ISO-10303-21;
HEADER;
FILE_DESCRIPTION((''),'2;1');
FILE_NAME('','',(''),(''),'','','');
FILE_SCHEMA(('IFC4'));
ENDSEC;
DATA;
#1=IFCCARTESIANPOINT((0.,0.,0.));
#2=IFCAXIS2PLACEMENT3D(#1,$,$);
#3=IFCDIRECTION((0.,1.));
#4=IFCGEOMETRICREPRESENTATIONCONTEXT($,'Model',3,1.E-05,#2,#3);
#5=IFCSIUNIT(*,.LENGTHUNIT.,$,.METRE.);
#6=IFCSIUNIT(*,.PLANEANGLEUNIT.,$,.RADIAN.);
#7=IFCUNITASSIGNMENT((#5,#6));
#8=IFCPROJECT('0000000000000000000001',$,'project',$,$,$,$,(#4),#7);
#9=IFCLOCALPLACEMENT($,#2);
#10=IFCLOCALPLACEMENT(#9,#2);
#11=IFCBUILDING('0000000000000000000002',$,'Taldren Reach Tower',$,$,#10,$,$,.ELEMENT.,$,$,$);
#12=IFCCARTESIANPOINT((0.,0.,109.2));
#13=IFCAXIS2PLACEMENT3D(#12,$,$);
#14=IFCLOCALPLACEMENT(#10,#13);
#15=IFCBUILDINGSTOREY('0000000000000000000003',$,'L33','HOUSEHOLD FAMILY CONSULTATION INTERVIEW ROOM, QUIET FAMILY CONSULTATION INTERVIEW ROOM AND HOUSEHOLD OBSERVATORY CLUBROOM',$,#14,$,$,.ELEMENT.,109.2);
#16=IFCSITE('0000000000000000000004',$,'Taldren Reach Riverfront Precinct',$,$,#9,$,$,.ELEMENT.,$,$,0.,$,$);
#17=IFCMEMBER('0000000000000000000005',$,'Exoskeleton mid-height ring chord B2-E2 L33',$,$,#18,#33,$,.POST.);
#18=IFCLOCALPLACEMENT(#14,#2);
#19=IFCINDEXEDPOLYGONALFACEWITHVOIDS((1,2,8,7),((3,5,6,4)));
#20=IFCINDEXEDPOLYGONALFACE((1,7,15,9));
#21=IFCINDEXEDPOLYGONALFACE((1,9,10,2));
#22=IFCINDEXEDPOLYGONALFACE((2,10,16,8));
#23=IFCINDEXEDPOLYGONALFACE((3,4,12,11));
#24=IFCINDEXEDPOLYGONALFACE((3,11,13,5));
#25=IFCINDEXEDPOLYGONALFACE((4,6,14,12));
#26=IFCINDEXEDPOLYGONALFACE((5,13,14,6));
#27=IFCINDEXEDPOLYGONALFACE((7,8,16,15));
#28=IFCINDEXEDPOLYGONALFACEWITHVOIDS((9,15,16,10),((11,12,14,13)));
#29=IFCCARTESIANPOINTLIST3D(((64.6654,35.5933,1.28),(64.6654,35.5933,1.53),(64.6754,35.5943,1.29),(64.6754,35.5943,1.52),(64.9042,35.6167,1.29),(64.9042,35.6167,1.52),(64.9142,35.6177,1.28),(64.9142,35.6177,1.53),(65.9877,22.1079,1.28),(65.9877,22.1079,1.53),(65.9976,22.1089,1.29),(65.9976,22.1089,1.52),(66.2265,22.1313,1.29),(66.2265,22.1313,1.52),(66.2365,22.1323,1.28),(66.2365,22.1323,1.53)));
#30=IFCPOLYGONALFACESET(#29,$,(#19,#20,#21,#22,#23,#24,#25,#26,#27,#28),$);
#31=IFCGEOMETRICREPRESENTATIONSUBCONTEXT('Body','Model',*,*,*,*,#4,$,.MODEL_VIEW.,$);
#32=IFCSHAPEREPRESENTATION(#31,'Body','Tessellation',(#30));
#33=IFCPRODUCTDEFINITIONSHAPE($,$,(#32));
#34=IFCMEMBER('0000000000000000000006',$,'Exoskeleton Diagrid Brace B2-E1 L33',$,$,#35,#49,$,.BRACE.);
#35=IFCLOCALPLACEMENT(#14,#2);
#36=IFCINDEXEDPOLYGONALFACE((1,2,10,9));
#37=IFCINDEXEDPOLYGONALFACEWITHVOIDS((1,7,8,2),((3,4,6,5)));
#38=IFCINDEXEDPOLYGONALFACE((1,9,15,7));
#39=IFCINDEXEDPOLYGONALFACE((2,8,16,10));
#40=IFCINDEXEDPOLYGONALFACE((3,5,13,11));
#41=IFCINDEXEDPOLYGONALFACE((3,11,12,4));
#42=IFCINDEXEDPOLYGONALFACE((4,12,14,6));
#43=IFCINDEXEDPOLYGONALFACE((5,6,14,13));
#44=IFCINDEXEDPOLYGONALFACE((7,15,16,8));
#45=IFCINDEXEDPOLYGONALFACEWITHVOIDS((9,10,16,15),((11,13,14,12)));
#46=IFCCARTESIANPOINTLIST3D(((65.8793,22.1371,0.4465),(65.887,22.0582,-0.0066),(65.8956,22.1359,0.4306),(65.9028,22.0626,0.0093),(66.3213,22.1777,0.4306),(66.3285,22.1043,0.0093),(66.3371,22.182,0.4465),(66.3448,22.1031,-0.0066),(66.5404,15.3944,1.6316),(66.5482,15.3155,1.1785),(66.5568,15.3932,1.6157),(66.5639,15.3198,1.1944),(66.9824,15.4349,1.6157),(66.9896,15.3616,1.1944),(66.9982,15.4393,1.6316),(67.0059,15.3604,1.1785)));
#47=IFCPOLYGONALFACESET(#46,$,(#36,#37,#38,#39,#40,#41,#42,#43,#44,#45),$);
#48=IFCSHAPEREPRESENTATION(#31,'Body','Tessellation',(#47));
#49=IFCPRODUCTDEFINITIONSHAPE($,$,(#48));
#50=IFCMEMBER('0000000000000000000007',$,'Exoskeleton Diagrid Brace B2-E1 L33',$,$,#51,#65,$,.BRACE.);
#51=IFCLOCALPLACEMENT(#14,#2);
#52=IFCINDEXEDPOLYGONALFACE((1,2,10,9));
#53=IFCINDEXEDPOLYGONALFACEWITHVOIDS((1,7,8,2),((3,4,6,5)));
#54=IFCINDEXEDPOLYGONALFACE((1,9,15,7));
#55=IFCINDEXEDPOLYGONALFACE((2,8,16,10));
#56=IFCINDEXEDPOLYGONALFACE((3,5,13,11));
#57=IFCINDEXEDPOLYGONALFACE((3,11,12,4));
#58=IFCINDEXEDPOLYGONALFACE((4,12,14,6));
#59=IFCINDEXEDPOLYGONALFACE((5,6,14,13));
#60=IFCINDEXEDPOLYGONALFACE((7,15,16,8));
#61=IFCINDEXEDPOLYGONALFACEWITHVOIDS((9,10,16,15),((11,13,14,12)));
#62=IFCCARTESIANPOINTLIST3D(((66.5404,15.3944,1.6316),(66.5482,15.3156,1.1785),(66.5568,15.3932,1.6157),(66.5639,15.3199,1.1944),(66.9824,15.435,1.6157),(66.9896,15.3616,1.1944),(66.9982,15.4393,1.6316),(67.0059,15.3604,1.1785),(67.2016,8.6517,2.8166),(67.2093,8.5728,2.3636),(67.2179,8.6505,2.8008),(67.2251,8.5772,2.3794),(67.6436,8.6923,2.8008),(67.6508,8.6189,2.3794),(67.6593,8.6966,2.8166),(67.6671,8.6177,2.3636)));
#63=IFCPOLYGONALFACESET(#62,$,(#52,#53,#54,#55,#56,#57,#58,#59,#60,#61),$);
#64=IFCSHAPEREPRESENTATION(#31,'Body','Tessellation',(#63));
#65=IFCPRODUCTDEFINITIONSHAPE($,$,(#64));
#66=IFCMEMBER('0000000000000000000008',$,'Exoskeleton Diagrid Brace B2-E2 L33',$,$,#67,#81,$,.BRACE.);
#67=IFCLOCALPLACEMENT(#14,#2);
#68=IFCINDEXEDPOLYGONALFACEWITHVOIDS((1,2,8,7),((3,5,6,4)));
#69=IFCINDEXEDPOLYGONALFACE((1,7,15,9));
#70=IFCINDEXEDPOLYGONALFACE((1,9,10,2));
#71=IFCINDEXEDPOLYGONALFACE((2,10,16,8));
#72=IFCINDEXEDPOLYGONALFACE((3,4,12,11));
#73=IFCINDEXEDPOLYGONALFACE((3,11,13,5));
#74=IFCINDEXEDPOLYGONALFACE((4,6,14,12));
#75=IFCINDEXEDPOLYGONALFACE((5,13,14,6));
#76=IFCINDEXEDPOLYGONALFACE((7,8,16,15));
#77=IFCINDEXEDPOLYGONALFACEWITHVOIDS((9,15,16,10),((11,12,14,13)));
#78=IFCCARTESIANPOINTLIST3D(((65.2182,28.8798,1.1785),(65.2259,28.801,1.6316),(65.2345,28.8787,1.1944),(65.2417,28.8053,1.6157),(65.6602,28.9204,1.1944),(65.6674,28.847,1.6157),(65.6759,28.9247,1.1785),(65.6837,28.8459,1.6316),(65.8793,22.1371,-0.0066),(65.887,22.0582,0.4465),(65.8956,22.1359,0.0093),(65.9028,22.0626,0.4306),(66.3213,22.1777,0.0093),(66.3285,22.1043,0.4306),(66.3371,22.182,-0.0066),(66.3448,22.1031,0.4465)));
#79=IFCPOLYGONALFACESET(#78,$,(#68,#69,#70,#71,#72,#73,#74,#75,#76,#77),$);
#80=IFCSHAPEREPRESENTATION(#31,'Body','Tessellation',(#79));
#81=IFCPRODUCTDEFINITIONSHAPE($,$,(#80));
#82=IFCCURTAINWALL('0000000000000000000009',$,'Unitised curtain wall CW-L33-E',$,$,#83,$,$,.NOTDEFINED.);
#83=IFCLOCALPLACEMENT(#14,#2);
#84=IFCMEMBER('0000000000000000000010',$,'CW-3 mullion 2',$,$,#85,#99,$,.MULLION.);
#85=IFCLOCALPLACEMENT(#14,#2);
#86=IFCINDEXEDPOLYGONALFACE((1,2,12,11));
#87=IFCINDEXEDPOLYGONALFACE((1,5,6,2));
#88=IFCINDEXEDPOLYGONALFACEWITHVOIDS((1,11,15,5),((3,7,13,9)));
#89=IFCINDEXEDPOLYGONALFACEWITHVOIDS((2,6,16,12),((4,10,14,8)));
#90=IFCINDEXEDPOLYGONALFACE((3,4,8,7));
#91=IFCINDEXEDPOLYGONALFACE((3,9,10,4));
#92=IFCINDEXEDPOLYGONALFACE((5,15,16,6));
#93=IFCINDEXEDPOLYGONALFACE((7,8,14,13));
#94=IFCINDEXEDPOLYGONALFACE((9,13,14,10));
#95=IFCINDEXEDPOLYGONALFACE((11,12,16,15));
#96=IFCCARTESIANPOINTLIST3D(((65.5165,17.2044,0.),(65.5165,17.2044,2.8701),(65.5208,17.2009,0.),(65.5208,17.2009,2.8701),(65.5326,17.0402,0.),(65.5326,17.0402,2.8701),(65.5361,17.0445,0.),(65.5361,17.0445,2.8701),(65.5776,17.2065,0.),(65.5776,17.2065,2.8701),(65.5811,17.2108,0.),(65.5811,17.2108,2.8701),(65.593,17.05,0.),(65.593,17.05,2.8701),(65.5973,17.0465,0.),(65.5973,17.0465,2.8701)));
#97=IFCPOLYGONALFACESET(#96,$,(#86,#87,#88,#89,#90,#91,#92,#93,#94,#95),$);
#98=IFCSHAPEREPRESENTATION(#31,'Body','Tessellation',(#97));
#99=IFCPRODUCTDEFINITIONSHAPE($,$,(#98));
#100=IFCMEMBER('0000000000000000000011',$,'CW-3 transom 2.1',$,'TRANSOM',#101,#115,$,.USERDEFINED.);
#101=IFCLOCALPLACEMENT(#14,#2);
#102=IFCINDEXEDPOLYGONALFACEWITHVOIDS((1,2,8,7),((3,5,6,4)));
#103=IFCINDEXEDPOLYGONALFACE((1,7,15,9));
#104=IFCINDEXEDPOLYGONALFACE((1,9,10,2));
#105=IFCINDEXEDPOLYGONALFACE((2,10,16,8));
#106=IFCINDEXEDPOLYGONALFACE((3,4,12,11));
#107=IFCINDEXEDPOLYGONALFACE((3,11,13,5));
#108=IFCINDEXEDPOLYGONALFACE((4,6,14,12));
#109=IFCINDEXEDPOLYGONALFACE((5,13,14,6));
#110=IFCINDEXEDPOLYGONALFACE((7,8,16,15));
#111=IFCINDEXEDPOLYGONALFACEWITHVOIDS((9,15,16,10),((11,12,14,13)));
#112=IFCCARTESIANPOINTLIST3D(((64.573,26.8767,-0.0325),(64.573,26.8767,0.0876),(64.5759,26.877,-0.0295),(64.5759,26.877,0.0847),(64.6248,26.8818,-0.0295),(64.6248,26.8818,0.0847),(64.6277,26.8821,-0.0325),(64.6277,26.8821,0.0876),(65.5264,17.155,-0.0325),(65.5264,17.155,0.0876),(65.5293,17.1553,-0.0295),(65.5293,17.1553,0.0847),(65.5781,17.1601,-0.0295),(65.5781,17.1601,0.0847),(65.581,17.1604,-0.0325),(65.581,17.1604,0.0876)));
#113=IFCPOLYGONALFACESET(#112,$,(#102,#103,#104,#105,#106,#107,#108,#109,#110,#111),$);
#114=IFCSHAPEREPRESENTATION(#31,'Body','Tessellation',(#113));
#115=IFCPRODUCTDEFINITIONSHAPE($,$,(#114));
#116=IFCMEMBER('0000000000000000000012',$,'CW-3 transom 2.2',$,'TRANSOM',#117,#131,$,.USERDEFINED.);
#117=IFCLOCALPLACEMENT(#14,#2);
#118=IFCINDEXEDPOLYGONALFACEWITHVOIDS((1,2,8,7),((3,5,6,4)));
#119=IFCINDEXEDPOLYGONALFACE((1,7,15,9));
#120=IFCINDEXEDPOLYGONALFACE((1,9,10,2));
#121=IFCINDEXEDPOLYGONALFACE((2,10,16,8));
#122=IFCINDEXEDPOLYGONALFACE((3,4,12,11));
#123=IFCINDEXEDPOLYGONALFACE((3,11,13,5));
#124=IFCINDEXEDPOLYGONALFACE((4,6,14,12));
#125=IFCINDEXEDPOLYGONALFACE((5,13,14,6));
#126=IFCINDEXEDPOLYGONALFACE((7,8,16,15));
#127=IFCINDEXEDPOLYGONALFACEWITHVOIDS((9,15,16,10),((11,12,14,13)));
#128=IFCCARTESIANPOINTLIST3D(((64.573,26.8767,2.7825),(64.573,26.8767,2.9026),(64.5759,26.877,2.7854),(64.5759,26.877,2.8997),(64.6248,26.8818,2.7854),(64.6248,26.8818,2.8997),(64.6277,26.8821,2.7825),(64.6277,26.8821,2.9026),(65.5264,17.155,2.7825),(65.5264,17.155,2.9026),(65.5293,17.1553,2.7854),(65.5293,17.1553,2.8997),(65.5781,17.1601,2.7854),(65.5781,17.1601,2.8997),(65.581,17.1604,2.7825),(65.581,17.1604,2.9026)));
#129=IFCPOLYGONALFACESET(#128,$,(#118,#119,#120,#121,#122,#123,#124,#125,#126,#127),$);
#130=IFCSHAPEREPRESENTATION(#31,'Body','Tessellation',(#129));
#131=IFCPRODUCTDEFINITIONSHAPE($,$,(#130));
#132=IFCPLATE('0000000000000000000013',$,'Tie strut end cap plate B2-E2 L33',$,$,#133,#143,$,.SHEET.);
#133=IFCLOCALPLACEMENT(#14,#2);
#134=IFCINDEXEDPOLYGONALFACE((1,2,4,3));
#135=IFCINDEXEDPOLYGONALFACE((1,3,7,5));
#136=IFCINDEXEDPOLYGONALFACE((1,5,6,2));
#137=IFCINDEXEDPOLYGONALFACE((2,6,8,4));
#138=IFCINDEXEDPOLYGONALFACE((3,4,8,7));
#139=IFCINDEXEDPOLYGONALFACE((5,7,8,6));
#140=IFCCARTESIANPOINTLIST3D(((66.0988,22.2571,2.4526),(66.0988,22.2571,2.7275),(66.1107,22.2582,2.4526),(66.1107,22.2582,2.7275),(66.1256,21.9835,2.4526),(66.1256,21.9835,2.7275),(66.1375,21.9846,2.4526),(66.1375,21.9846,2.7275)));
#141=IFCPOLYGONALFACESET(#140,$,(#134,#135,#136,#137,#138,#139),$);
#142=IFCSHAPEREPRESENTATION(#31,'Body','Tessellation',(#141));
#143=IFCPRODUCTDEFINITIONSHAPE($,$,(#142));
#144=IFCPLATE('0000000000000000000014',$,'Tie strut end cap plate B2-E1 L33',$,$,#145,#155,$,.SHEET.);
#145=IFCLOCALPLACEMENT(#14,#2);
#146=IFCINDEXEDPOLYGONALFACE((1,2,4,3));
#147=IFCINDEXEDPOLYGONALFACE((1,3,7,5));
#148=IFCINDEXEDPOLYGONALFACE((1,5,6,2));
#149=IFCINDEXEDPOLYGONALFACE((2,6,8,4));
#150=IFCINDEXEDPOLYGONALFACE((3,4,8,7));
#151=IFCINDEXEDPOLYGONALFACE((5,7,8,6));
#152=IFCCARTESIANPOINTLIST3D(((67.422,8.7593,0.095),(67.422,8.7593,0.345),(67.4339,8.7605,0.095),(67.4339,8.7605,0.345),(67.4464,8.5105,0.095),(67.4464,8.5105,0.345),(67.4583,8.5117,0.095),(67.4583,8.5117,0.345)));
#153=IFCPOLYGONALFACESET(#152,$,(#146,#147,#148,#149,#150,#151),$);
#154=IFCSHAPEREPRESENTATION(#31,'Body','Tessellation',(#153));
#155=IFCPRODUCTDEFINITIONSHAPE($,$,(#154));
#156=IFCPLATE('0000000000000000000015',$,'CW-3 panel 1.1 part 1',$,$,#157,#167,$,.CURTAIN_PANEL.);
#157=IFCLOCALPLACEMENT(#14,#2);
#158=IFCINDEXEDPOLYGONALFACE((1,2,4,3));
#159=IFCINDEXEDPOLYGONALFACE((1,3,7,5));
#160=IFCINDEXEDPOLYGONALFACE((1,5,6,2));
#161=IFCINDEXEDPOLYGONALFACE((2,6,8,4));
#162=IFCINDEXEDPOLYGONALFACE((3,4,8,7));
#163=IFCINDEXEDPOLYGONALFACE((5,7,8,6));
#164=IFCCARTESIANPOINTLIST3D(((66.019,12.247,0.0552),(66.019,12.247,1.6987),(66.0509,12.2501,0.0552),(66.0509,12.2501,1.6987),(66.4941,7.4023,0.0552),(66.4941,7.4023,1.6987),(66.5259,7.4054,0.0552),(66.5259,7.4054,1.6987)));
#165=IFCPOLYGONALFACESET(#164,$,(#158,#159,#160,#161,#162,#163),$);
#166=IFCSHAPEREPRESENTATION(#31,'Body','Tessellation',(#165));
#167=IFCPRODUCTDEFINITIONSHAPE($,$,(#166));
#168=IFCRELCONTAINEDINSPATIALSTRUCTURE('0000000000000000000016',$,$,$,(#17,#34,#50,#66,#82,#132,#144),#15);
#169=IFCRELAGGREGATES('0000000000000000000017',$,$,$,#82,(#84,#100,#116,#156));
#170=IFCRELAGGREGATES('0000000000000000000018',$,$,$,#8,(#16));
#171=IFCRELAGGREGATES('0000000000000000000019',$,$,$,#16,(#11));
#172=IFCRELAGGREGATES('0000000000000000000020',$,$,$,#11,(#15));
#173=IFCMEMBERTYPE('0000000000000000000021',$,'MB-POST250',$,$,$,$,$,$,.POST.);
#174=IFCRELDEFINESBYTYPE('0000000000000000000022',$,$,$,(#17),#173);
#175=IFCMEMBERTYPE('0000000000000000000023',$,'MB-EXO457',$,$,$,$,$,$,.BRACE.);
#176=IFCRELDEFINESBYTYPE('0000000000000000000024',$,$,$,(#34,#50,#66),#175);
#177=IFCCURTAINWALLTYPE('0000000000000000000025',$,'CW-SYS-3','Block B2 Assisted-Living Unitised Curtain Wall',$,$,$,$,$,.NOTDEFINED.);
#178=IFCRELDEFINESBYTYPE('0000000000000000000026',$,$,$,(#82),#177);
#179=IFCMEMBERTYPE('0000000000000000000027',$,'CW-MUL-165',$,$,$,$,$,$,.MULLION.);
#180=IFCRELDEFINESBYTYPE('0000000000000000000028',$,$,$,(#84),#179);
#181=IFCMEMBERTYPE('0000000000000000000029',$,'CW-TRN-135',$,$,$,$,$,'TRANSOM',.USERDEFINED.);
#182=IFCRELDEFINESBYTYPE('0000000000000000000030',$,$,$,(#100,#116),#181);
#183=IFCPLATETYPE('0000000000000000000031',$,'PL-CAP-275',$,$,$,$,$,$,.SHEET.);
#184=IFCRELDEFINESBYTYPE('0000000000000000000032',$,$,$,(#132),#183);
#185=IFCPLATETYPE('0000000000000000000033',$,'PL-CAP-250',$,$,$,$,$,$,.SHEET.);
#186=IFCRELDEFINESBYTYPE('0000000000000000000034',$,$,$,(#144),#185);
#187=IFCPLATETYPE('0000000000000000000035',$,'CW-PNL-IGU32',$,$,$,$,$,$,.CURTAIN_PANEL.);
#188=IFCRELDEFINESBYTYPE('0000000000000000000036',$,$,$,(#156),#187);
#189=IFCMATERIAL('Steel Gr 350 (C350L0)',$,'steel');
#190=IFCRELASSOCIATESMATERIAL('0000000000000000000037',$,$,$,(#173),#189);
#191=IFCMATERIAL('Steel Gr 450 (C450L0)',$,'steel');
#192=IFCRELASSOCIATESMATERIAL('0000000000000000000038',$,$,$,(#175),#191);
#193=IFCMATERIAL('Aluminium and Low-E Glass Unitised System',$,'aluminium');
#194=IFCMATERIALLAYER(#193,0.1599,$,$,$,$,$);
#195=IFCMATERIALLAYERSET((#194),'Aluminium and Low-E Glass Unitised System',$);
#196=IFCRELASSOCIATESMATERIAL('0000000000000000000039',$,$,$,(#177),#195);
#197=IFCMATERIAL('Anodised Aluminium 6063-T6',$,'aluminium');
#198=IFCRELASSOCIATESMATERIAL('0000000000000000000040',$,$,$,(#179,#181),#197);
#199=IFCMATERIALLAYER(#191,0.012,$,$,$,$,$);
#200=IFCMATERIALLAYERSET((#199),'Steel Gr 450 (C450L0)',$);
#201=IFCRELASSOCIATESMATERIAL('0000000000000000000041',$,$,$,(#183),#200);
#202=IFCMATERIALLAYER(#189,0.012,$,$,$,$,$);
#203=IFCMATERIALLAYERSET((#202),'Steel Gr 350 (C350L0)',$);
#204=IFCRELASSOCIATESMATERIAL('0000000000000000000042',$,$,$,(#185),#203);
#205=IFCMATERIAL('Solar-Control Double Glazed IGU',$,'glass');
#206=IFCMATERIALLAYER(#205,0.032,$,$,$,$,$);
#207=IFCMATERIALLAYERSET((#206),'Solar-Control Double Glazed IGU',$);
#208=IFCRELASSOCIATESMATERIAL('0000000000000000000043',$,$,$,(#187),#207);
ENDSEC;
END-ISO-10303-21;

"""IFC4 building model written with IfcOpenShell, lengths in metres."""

from ifc_helpers import new_model, si_unit, direction, frame, origin, origin_2d, place, context, subcontext, project, spatial, rectangle, hollow_rectangle, extrude, source, transform, mapped, material, layer, layer_set, material_profile, profile_set, type_object, element, aggregate, save


model = new_model("IFC4")

# Units and contexts
model_context = context("Model", 3, precision=1e-05, world=origin(), true_north=direction((0.0, 1.0)))
body_context = subcontext(model_context, "Body", "Model", "MODEL_VIEW")
ifc_project = project(units=[si_unit("LENGTHUNIT", "METRE"), si_unit("PLANEANGLEUNIT", "RADIAN")], contexts=[model_context])

# Site, building, storey
site_placement = place(None, origin())
site = spatial("IfcSite", under=ifc_project, at=site_placement, Name="Taldren Reach Riverfront Precinct", CompositionType="ELEMENT", RefElevation=0.0)
building_placement = place(site_placement, origin())
building = spatial("IfcBuilding", under=site, at=building_placement, Name="Taldren Reach Tower", CompositionType="ELEMENT")
storey_placement = place(building_placement, frame((0.0, 0.0, 109.2)))
storey = spatial("IfcBuildingStorey", under=building, at=storey_placement, Name="L33", Description="HOUSEHOLD FAMILY CONSULTATION INTERVIEW ROOM, QUIET FAMILY CONSULTATION INTERVIEW ROOM AND HOUSEHOLD OBSERVATORY CLUBROOM", CompositionType="ELEMENT", Elevation=109.2)

# Shared definitions
ifc_material_1 = material(Name="Steel Gr 450 (C450L0)", Category="steel")
ifc_material_2 = material(Name="Steel Gr 350 (C350L0)", Category="steel")
ifc_material_profile_1 = material_profile(ifc_material_2, hollow_rectangle(XDim=0.25, YDim=0.25, WallThickness=0.01, at=origin_2d()), Name="250x250x10.0SHS")
ifc_profile_set_1 = profile_set([ifc_material_profile_1], Name="Steel Gr 350 (C350L0)")
member_type_1 = type_object("IfcMemberType", Name="MB-POST250", PredefinedType="POST", material=ifc_profile_set_1)

# Members
shared_shape_1 = source(origin(), body_context, "Body", "SweptSolid", [
    extrude(hollow_rectangle(XDim=0.25, YDim=0.25, WallThickness=0.01, at=origin_2d()), origin(), (0.0, 0.0, 1.0), 13.55),
])
for number, where, z_axis, x_axis, name in (
    (1, (66.1121, 22.1201, 1.405), (-0.097584, 0.995227, 0.0), (-0.995227, -0.097584, 0.0), "Exoskeleton mid-height ring chord B2-E2 L33"),
):
    element("IfcMember", number, at=place(storey_placement, frame(where, z_axis=z_axis, x_axis=x_axis)), inside=storey, type_object=member_type_1, Name=name, PredefinedType="POST", context=body_context, shape_type="MappedRepresentation", body=[
        mapped(shared_shape_1, transform((0.0, 0.0, 0.0), scale=1.0)),
    ])
ifc_material_profile_2 = material_profile(ifc_material_1, hollow_rectangle(XDim=0.46, YDim=0.46, WallThickness=0.0161, at=origin_2d()), Name="460x460x16.0SHS")
ifc_profile_set_2 = profile_set([ifc_material_profile_2], Name="Steel Gr 450 (C450L0)")
member_type_2 = type_object("IfcMemberType", Name="MB-EXO457", PredefinedType="BRACE", material=ifc_profile_set_2)
shared_shape_2 = source(origin(), body_context, "Body", "SweptSolid", [
    extrude(hollow_rectangle(XDim=0.46, YDim=0.46, WallThickness=0.0161, at=origin_2d()), origin(), (0.0, 0.0, 1.0), 6.8779),
])
for number, where, z_axis, x_axis, name in (
    (2, (66.1121, 22.1201, 0.22), (0.096125, -0.980343, 0.1723), (0.995227, 0.097584, 0.0), "Exoskeleton Diagrid Brace B2-E1 L33"),
    (3, (66.7732, 15.3774, 1.405), (0.096125, -0.980343, 0.1723), (0.995227, 0.097584, 0.0), "Exoskeleton Diagrid Brace B2-E1 L33"),
    (4, (66.1121, 22.1201, 0.22), (-0.096125, 0.980343, 0.1723), (-0.995227, -0.097584, 0.0), "Exoskeleton Diagrid Brace B2-E2 L33"),
):
    element("IfcMember", number, at=place(storey_placement, frame(where, z_axis=z_axis, x_axis=x_axis)), inside=storey, type_object=member_type_2, Name=name, PredefinedType="BRACE", context=body_context, shape_type="MappedRepresentation", body=[
        mapped(shared_shape_2, transform((0.0, 0.0, 0.0), scale=1.0)),
    ])

# Curtain wall, members
ifc_material_3 = material(Name="Aluminium and Low-E Glass Unitised System", Category="aluminium")
ifc_layer_1 = layer(ifc_material_3, 0.1599)
ifc_layer_set_1 = layer_set([ifc_layer_1], Name="Aluminium and Low-E Glass Unitised System")
curtain_wall_type = type_object("IfcCurtainWallType", Name="CW-SYS-3", Description="Block B2 Assisted-Living Unitised Curtain Wall", PredefinedType="NOTDEFINED", material=ifc_layer_set_1)
curtain_wall_placement = place(storey_placement, origin())
curtain_wall = element("IfcCurtainWall", 5, at=curtain_wall_placement, inside=storey, type_object=curtain_wall_type, Name="Unitised curtain wall CW-L33-E", PredefinedType="NOTDEFINED")
ifc_material_4 = material(Name="Anodised Aluminium 6063-T6", Category="aluminium")
ifc_material_profile_3 = material_profile(ifc_material_4, hollow_rectangle(XDim=0.0649, YDim=0.165, WallThickness=0.0039, at=origin_2d()), Name="ALU-165x65x4RHS")
ifc_profile_set_3 = profile_set([ifc_material_profile_3], Name="Anodised Aluminium 6063-T6")
member_type_3 = type_object("IfcMemberType", Name="CW-MUL-165", PredefinedType="MULLION", material=ifc_profile_set_3)
shared_shape_3 = source(origin(), body_context, "Body", "SweptSolid", [
    extrude(hollow_rectangle(XDim=0.0649, YDim=0.165, WallThickness=0.0039, at=origin_2d()), origin(), (0.0, 0.0, 1.0), 2.8701),
])
member_1_placement = place(storey_placement, frame((65.5569, 17.1255, 0.0), z_axis=(0.0, 0.0, 1.0), x_axis=(-0.995227, -0.097583, 0.0)))
member_1 = element("IfcMember", 6, at=member_1_placement, type_object=member_type_3, Name="CW-3 mullion 2", PredefinedType="MULLION", context=body_context, shape_type="MappedRepresentation", body=[
    mapped(shared_shape_3, transform((0.0, 0.0, 0.0), scale=1.0)),
])
ifc_material_profile_4 = material_profile(ifc_material_4, hollow_rectangle(XDim=0.0549, YDim=0.1201, WallThickness=0.0029, at=origin_2d()), Name="ALU-120x55x3RHS")
ifc_profile_set_4 = profile_set([ifc_material_profile_4], Name="Anodised Aluminium 6063-T6")
member_type_4 = type_object("IfcMemberType", Name="CW-TRN-135", ElementType="TRANSOM", PredefinedType="USERDEFINED", material=ifc_profile_set_4)
shared_shape_4 = source(origin(), body_context, "Body", "SweptSolid", [
    extrude(hollow_rectangle(XDim=0.0549, YDim=0.1201, WallThickness=0.0029, at=origin_2d()), origin(), (0.0, 0.0, 1.0), 9.7683),
])
member_2_placement = place(storey_placement, frame((65.5537, 17.1577, 0.0276), z_axis=(-0.097598, 0.995226, 0.0), x_axis=(-0.995226, -0.097598, 0.0)))
member_2 = element("IfcMember", 7, at=member_2_placement, type_object=member_type_4, Name="CW-3 transom 2.1", ObjectType="TRANSOM", PredefinedType="USERDEFINED", context=body_context, shape_type="MappedRepresentation", body=[
    mapped(shared_shape_4, transform((0.0, 0.0, 0.0), scale=1.0)),
])
member_3_placement = place(storey_placement, frame((65.5537, 17.1577, 2.8425), z_axis=(-0.097598, 0.995226, 0.0), x_axis=(-0.995226, -0.097598, 0.0)))
member_3 = element("IfcMember", 8, at=member_3_placement, type_object=member_type_4, Name="CW-3 transom 2.2", ObjectType="TRANSOM", PredefinedType="USERDEFINED", context=body_context, shape_type="MappedRepresentation", body=[
    mapped(shared_shape_4, transform((0.0, 0.0, 0.0), scale=1.0)),
])

# Plates
ifc_layer_2 = layer(ifc_material_1, 0.012)
ifc_layer_set_2 = layer_set([ifc_layer_2], Name="Steel Gr 450 (C450L0)")
plate_type_1 = type_object("IfcPlateType", Name="PL-CAP-275", PredefinedType="SHEET", material=ifc_layer_set_2)
shared_shape_5 = source(origin(), body_context, "Body", "SweptSolid", [
    extrude(rectangle(XDim=0.012, YDim=0.2749, at=origin_2d()), origin(), (0.0, 0.0, 1.0), 0.2749),
])
plate_1_placement = place(storey_placement, frame((66.1182, 22.1208, 2.4526), z_axis=(0.0, 0.0, 1.0), x_axis=(0.995227, 0.097583, 0.0)))
element("IfcPlate", 9, at=plate_1_placement, inside=storey, type_object=plate_type_1, Name="Tie strut end cap plate B2-E2 L33", PredefinedType="SHEET", context=body_context, shape_type="MappedRepresentation", body=[
    mapped(shared_shape_5, transform((0.0, 0.0, 0.0), scale=1.0)),
])
ifc_layer_3 = layer(ifc_material_2, 0.012)
ifc_layer_set_3 = layer_set([ifc_layer_3], Name="Steel Gr 350 (C350L0)")
plate_type_2 = type_object("IfcPlateType", Name="PL-CAP-250", PredefinedType="SHEET", material=ifc_layer_set_3)
shared_shape_6 = source(origin(), body_context, "Body", "SweptSolid", [
    extrude(rectangle(XDim=0.012, YDim=0.25, at=origin_2d()), origin(), (0.0, 0.0, 1.0), 0.25),
])
plate_2_placement = place(storey_placement, frame((67.4402, 8.6355, 0.095), z_axis=(0.0, 0.0, 1.0), x_axis=(0.995227, 0.097583, 0.0)))
element("IfcPlate", 10, at=plate_2_placement, inside=storey, type_object=plate_type_2, Name="Tie strut end cap plate B2-E1 L33", PredefinedType="SHEET", context=body_context, shape_type="MappedRepresentation", body=[
    mapped(shared_shape_6, transform((0.0, 0.0, 0.0), scale=1.0)),
])

# Plate
ifc_material_5 = material(Name="Solar-Control Double Glazed IGU", Category="glass")
ifc_layer_4 = layer(ifc_material_5, 0.032)
ifc_layer_set_4 = layer_set([ifc_layer_4], Name="Solar-Control Double Glazed IGU")
plate_type_3 = type_object("IfcPlateType", Name="CW-PNL-IGU32", PredefinedType="CURTAIN_PANEL", material=ifc_layer_set_4)
shared_shape_7 = source(origin(), body_context, "Body", "SweptSolid", [
    extrude(rectangle(XDim=4.8679, YDim=0.032, at=origin_2d()), origin(), (0.0, 0.0, 1.0), 1.6436),
])
plate_3_placement = place(storey_placement, frame((66.2725, 9.8262, 0.0552), z_axis=(0.0, 0.0, 1.0), x_axis=(-0.097583, 0.995227, 0.0)))
plate_3 = element("IfcPlate", 11, at=plate_3_placement, type_object=plate_type_3, Name="CW-3 panel 1.1 part 1", PredefinedType="CURTAIN_PANEL", context=body_context, shape_type="MappedRepresentation", body=[
    mapped(shared_shape_7, transform((0.0, 0.0, 0.0), scale=1.0)),
])
aggregate(curtain_wall, [member_1, member_2, member_3, plate_3])

save(model, "model.ifc")
